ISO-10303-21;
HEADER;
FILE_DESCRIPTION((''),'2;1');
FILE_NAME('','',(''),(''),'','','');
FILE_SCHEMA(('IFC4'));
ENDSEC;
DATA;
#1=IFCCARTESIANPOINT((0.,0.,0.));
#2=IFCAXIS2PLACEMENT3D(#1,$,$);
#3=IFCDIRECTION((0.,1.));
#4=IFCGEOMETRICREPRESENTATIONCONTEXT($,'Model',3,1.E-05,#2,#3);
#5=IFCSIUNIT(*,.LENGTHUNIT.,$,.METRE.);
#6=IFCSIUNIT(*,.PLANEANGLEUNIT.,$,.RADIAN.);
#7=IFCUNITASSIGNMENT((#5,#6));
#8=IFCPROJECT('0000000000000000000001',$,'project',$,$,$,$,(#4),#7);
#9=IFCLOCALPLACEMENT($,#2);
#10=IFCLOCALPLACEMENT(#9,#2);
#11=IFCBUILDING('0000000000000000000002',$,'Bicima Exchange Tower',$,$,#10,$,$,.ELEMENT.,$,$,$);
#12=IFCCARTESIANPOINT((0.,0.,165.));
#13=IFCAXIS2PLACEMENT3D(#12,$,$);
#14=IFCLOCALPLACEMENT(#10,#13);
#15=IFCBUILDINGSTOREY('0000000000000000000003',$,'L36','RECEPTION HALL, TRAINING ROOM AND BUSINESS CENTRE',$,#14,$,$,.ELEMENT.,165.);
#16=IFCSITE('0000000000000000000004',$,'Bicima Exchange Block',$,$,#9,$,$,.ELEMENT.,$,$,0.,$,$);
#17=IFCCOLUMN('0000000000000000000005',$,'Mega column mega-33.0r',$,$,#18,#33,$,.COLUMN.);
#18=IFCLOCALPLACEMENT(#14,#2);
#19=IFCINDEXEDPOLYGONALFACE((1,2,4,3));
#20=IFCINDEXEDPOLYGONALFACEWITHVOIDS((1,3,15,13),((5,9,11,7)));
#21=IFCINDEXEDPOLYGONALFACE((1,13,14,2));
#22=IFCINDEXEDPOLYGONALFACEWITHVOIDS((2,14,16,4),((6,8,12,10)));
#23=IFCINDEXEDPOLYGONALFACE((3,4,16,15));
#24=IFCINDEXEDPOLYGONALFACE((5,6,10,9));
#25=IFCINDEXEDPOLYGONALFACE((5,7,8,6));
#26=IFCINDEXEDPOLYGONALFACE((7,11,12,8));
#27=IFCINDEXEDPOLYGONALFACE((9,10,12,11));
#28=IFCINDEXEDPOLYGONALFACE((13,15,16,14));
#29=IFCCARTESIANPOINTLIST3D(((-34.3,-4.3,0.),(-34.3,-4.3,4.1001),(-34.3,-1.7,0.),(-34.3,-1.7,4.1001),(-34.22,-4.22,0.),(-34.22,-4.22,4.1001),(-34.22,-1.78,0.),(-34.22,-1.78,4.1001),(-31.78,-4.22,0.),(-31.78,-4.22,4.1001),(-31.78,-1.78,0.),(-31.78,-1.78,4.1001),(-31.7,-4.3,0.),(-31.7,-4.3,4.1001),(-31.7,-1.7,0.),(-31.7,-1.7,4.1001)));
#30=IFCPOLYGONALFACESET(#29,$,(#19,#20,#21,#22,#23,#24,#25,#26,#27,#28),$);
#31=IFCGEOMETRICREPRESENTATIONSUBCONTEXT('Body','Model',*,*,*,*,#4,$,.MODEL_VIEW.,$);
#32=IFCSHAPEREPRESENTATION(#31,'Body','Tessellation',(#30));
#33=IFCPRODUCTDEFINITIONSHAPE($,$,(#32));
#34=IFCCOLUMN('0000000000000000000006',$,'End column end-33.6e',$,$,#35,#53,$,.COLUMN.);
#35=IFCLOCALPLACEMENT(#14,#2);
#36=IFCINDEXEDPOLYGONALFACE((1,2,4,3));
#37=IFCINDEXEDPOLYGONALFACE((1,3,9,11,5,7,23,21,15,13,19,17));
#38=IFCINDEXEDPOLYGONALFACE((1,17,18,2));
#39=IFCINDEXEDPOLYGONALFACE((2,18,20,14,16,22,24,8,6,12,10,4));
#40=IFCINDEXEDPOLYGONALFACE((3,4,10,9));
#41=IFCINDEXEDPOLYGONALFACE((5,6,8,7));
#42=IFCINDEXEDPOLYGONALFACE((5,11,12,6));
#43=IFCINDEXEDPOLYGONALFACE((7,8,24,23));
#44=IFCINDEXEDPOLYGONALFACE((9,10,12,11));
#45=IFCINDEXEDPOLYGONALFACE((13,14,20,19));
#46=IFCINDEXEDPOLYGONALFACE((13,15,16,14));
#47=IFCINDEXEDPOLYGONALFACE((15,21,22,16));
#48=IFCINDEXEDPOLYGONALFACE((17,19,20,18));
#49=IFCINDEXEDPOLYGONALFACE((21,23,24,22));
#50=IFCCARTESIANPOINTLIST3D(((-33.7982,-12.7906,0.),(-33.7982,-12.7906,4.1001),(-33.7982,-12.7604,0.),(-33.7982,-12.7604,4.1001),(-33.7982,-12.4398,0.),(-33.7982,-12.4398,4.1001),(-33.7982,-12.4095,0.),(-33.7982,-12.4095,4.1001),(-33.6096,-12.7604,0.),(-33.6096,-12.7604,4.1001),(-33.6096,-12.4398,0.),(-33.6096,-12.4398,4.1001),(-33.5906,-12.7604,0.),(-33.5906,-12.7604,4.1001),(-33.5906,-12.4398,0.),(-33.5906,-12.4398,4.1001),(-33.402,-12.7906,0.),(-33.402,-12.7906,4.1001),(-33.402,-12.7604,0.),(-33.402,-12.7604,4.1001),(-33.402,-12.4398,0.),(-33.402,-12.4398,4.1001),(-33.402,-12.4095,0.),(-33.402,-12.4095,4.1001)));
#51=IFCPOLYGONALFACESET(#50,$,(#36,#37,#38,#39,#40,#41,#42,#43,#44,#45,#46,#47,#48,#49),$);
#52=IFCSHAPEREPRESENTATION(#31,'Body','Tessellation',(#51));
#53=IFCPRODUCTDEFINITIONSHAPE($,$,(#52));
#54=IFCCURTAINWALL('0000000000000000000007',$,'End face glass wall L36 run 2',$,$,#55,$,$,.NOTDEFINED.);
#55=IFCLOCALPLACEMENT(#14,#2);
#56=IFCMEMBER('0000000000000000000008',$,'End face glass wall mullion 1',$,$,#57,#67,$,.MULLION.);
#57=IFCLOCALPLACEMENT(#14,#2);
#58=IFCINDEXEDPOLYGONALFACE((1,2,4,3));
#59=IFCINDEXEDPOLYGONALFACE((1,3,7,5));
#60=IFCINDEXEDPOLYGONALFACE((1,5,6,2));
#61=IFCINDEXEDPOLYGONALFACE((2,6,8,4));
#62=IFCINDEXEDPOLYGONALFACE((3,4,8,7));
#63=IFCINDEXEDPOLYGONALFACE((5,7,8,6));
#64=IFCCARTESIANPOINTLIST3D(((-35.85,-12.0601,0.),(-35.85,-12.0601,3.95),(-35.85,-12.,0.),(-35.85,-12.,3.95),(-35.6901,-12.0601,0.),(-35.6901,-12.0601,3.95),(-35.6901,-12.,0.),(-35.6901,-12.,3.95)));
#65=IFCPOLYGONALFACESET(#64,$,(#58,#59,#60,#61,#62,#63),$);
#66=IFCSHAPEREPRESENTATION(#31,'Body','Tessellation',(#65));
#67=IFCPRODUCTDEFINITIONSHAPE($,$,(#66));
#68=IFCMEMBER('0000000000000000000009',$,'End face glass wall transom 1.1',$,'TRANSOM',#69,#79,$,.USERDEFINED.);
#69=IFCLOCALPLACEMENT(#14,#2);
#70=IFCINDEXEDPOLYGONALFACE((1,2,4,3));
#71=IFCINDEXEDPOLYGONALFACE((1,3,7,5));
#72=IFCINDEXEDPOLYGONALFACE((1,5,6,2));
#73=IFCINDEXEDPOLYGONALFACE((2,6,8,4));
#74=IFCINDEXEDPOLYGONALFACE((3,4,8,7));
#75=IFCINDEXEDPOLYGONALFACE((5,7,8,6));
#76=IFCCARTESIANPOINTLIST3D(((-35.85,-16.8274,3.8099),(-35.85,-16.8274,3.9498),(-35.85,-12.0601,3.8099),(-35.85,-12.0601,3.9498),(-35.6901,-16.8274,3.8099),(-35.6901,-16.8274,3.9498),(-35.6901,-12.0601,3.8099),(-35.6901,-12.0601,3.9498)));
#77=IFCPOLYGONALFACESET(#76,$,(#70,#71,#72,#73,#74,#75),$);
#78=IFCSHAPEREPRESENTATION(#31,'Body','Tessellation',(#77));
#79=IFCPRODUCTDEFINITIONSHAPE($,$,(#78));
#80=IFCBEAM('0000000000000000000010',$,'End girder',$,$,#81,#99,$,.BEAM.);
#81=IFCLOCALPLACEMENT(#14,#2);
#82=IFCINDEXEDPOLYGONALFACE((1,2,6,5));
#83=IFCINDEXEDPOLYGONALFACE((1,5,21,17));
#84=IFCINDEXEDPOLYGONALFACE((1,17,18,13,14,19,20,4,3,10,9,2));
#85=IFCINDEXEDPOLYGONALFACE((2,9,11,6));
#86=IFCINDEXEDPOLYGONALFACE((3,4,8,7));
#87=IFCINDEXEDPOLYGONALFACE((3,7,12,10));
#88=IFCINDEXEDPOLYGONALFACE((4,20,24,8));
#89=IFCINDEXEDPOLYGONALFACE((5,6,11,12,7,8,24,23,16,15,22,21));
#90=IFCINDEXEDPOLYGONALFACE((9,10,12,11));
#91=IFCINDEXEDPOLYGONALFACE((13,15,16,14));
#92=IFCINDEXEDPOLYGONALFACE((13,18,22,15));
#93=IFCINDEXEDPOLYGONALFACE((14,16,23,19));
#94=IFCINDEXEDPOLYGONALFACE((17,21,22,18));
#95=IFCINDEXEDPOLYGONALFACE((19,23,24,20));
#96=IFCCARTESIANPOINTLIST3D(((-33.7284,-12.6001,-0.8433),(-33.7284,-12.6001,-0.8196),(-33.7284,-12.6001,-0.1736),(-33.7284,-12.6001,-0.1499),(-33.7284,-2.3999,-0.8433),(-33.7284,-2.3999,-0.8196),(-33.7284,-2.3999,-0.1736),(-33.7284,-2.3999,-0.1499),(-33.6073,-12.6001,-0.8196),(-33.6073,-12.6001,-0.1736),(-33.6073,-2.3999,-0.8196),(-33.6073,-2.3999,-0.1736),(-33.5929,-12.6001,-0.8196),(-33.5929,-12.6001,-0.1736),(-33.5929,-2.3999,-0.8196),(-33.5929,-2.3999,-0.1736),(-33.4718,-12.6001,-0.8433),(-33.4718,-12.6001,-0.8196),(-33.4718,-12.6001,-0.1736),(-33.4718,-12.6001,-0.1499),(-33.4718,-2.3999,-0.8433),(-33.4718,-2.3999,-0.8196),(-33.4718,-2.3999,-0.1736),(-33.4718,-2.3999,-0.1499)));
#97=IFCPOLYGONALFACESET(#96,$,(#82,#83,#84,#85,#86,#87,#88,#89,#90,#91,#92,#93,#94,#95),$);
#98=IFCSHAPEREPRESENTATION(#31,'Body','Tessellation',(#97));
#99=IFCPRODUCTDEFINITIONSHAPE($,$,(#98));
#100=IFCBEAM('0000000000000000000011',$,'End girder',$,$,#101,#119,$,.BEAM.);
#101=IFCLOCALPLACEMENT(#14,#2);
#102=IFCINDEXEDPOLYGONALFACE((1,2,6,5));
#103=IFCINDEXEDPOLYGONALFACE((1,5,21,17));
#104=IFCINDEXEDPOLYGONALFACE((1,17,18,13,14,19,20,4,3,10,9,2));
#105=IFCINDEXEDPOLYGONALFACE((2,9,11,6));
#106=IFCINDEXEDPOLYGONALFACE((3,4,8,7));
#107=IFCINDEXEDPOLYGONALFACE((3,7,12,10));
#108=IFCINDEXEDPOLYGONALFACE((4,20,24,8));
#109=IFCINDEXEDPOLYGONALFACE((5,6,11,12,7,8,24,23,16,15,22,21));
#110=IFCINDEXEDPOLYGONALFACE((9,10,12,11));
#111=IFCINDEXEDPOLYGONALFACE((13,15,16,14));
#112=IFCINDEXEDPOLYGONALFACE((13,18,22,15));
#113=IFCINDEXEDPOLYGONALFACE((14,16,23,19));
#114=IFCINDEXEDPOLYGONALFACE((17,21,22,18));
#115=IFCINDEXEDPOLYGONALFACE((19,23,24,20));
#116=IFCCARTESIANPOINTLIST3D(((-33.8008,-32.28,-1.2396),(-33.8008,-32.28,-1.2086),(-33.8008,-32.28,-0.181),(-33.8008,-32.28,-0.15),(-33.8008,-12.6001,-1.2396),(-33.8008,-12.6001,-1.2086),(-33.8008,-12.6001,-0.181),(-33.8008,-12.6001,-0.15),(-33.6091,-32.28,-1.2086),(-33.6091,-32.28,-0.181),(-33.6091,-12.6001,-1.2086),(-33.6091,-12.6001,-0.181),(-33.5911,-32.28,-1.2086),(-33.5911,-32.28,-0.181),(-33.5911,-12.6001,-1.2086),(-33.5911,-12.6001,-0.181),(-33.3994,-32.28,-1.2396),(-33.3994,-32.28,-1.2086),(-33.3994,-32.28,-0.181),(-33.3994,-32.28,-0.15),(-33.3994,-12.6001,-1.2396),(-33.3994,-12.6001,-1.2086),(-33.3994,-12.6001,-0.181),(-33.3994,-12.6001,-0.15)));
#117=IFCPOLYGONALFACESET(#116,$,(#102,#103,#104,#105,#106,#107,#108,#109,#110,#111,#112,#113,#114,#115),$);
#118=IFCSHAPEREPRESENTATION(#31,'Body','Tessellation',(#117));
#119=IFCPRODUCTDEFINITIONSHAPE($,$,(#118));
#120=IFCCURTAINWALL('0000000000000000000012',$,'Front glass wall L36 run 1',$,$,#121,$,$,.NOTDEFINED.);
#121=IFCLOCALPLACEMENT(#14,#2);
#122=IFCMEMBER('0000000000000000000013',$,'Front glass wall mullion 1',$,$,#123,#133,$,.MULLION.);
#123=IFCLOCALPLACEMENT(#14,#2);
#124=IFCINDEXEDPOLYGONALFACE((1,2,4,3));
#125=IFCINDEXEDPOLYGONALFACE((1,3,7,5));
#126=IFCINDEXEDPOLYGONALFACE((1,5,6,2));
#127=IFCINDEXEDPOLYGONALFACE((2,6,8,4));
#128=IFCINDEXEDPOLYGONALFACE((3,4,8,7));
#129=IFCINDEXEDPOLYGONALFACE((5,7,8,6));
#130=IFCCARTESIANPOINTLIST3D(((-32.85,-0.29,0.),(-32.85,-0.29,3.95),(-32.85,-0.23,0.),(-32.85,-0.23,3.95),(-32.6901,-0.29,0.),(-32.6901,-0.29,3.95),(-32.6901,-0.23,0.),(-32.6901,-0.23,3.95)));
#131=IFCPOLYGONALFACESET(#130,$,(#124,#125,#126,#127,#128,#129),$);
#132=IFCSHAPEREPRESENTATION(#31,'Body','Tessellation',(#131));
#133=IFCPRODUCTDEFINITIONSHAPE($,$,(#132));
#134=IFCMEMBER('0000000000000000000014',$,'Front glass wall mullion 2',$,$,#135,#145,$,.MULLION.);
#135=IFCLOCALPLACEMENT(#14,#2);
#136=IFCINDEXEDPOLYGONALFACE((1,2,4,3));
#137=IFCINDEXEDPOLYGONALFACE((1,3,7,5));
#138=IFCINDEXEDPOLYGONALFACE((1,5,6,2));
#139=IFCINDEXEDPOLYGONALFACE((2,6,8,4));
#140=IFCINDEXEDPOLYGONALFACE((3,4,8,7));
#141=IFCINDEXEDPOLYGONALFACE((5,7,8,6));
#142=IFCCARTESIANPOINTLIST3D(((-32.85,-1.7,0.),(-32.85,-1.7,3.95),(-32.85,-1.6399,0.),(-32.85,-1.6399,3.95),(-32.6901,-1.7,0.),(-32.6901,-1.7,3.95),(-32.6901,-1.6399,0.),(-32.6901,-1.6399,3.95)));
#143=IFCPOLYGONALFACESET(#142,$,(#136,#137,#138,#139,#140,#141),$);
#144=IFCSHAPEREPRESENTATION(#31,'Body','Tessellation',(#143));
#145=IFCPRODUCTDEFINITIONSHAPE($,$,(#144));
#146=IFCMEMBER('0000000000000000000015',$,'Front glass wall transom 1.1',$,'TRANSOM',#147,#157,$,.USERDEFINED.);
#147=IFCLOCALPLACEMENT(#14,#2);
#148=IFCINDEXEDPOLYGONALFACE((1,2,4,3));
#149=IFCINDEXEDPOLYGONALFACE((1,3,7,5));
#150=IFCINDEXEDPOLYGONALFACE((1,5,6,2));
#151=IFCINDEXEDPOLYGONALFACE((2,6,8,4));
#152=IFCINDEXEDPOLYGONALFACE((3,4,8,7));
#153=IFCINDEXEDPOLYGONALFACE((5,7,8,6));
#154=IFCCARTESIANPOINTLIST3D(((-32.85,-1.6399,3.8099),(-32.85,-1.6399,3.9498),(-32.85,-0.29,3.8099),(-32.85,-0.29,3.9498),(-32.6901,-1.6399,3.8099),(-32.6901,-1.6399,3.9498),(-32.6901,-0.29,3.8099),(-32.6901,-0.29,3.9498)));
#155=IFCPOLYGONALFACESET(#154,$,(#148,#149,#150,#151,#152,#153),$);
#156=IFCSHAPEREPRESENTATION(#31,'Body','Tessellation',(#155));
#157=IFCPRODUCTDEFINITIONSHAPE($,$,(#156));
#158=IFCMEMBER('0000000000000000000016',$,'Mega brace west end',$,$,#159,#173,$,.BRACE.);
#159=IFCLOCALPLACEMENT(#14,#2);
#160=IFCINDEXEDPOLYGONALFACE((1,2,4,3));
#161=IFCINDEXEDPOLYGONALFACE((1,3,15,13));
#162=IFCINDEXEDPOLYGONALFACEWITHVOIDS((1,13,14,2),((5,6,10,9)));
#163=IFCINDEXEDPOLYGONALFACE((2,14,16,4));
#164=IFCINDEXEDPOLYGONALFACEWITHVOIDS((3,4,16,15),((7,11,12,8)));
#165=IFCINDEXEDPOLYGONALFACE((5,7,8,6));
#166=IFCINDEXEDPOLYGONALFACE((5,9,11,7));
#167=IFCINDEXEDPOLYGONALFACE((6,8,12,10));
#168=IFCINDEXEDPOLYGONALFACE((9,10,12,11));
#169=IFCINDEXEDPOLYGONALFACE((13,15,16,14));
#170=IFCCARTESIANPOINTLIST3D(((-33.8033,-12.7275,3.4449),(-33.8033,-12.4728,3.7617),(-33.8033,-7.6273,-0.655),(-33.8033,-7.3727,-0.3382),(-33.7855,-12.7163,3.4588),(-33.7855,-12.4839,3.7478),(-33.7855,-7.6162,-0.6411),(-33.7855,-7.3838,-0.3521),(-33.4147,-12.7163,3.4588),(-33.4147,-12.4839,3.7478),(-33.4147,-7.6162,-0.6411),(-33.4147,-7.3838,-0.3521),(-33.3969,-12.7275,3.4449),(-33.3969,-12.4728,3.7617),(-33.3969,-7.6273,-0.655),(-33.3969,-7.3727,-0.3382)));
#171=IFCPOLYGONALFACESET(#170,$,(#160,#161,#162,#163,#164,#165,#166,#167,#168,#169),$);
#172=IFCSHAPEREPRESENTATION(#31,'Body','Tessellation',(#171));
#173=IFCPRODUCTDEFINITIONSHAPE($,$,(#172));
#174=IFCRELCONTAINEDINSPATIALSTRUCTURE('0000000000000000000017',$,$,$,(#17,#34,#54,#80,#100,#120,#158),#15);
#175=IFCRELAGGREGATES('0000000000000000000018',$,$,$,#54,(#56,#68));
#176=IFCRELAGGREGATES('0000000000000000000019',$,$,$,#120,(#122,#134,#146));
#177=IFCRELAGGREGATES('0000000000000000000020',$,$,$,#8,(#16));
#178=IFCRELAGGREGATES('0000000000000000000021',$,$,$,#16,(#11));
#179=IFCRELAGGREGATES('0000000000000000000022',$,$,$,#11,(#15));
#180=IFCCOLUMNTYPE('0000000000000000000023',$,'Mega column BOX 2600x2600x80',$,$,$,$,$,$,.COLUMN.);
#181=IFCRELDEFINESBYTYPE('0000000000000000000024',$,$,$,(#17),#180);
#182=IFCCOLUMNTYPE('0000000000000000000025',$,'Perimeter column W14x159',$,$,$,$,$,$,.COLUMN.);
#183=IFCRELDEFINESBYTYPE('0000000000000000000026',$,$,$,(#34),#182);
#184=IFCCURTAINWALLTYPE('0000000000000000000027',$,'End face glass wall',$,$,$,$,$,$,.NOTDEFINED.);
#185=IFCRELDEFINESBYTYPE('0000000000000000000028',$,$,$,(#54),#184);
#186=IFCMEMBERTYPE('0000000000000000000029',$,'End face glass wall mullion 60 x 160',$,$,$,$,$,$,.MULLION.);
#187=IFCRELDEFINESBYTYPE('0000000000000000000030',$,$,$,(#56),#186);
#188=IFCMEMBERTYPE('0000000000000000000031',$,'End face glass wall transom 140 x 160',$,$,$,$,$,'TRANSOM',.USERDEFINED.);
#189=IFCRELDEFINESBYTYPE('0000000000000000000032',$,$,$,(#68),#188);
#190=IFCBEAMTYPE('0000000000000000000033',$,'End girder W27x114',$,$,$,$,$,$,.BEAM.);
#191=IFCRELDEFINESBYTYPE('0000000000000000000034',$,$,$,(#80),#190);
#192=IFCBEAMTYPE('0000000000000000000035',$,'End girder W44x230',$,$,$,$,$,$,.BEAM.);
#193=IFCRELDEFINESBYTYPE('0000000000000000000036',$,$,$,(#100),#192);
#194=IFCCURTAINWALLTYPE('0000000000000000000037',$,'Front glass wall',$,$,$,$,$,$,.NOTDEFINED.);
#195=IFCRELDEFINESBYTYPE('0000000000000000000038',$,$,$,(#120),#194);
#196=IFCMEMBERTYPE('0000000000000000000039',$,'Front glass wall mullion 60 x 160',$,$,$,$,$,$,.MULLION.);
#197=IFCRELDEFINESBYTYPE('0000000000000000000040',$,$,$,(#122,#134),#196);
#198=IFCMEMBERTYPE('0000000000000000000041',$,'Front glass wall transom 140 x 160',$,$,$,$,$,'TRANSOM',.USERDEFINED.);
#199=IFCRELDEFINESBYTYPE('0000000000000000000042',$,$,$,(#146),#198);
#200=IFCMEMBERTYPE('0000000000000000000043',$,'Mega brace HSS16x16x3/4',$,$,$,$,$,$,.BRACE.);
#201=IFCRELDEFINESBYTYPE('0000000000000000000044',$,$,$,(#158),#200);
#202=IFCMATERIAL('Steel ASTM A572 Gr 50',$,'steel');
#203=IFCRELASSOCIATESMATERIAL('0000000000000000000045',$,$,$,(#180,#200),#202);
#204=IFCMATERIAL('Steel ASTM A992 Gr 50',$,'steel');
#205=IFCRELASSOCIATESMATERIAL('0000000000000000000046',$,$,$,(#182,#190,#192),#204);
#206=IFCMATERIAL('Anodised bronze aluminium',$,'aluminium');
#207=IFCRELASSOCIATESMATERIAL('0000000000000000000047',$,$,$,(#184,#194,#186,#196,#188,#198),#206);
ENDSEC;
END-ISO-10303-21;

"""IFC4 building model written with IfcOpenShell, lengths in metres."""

from ifc_helpers import new_model, si_unit, direction, frame, origin, origin_2d, place, context, subcontext, project, spatial, rectangle, hollow_rectangle, i_section, extrude, material, material_profile, profile_set, type_object, element, aggregate, save


model = new_model("IFC4")

# Units and contexts
model_context = context("Model", 3, precision=1e-05, world=origin(), true_north=direction((0.0, 1.0)))
body_context = subcontext(model_context, "Body", "Model", "MODEL_VIEW")
ifc_project = project(units=[si_unit("LENGTHUNIT", "METRE"), si_unit("PLANEANGLEUNIT", "RADIAN")], contexts=[model_context])

# Site, building, storey
site_placement = place(None, origin())
site = spatial("IfcSite", under=ifc_project, at=site_placement, Name="Bicima Exchange Block", CompositionType="ELEMENT", RefElevation=0.0)
building_placement = place(site_placement, origin())
building = spatial("IfcBuilding", under=site, at=building_placement, Name="Bicima Exchange Tower", CompositionType="ELEMENT")
storey_placement = place(building_placement, frame((0.0, 0.0, 165.0)))
storey = spatial("IfcBuildingStorey", under=building, at=storey_placement, Name="L36", Description="RECEPTION HALL, TRAINING ROOM AND BUSINESS CENTRE", CompositionType="ELEMENT", Elevation=165.0)

# Columns
ifc_material_1 = material(Name="Steel ASTM A572 Gr 50", Category="steel")
ifc_material_profile_1 = material_profile(ifc_material_1, hollow_rectangle(XDim=2.6001, YDim=2.6001, WallThickness=0.0801, at=origin_2d()))
ifc_profile_set_1 = profile_set([ifc_material_profile_1], Name="Steel ASTM A572 Gr 50")
column_type_1 = type_object("IfcColumnType", Name="Mega column BOX 2600x2600x80", PredefinedType="COLUMN", material=ifc_profile_set_1)
column_1_placement = place(storey_placement, frame((-33.0, -3.0, 0.0), z_axis=(0.0, 0.0, 1.0), x_axis=(1.0, 0.0, 0.0)))
element("IfcColumn", 1, at=column_1_placement, inside=storey, type_object=column_type_1, Name="Mega column mega-33.0r", PredefinedType="COLUMN", context=body_context, shape_type="SweptSolid", body=[
    extrude(hollow_rectangle(XDim=2.6001, YDim=2.6001, WallThickness=0.0801, at=origin_2d()), origin(), (0.0, 0.0, 1.0), 4.1001),
])
ifc_material_2 = material(Name="Steel ASTM A992 Gr 50", Category="steel")
ifc_material_profile_2 = material_profile(ifc_material_2, i_section(OverallWidth=0.3962, OverallDepth=0.3811, WebThickness=0.019, FlangeThickness=0.0303, at=origin_2d()))
ifc_profile_set_2 = profile_set([ifc_material_profile_2], Name="Steel ASTM A992 Gr 50")
column_type_2 = type_object("IfcColumnType", Name="Perimeter column W14x159", PredefinedType="COLUMN", material=ifc_profile_set_2)
column_2_placement = place(storey_placement, frame((-33.6001, -12.6001, 0.0), z_axis=(0.0, 0.0, 1.0), x_axis=(1.0, 0.0, 0.0)))
element("IfcColumn", 2, at=column_2_placement, inside=storey, type_object=column_type_2, Name="End column end-33.6e", PredefinedType="COLUMN", context=body_context, shape_type="SweptSolid", body=[
    extrude(i_section(OverallWidth=0.3962, OverallDepth=0.3811, WebThickness=0.019, FlangeThickness=0.0303, at=origin_2d()), origin(), (0.0, 0.0, 1.0), 4.1001),
])

# Curtain wall, members
ifc_material_3 = material(Name="Anodised bronze aluminium", Category="aluminium")
curtain_wall_type_1 = type_object("IfcCurtainWallType", Name="End face glass wall", PredefinedType="NOTDEFINED", material=ifc_material_3)
curtain_wall_1_placement = place(storey_placement, origin())
curtain_wall_1 = element("IfcCurtainWall", 3, at=curtain_wall_1_placement, inside=storey, type_object=curtain_wall_type_1, Name="End face glass wall L36 run 2", PredefinedType="NOTDEFINED")
ifc_material_profile_3 = material_profile(ifc_material_3, rectangle(XDim=0.1599, YDim=0.0601, at=origin_2d()))
ifc_profile_set_3 = profile_set([ifc_material_profile_3], Name="Anodised bronze aluminium")
member_type_1 = type_object("IfcMemberType", Name="End face glass wall mullion 60 x 160", PredefinedType="MULLION", material=ifc_profile_set_3)
member_1_placement = place(storey_placement, frame((-35.77, -12.03, 0.0), z_axis=(0.0, 0.0, 1.0), x_axis=(1.0, 0.0, 0.0)))
member_1 = element("IfcMember", 4, at=member_1_placement, type_object=member_type_1, Name="End face glass wall mullion 1", PredefinedType="MULLION", context=body_context, shape_type="SweptSolid", body=[
    extrude(rectangle(XDim=0.1599, YDim=0.0601, at=origin_2d()), origin(), (0.0, 0.0, 1.0), 3.95),
])
ifc_material_profile_4 = material_profile(ifc_material_3, rectangle(XDim=0.1599, YDim=0.1399, at=origin_2d()))
ifc_profile_set_4 = profile_set([ifc_material_profile_4], Name="Anodised bronze aluminium")
member_type_2 = type_object("IfcMemberType", Name="End face glass wall transom 140 x 160", ElementType="TRANSOM", PredefinedType="USERDEFINED", material=ifc_profile_set_4)
member_2_placement = place(storey_placement, frame((-35.77, -12.0601, 3.8799), z_axis=(0.0, -1.0, 0.0), x_axis=(1.0, 0.0, 0.0)))
member_2 = element("IfcMember", 5, at=member_2_placement, type_object=member_type_2, Name="End face glass wall transom 1.1", ObjectType="TRANSOM", PredefinedType="USERDEFINED", context=body_context, shape_type="SweptSolid", body=[
    extrude(rectangle(XDim=0.1599, YDim=0.1399, at=origin_2d()), origin(), (0.0, 0.0, 1.0), 4.7673),
])
aggregate(curtain_wall_1, [member_1, member_2])

# Beams
ifc_material_profile_5 = material_profile(ifc_material_2, i_section(OverallWidth=0.2566, OverallDepth=0.6934, WebThickness=0.0144, FlangeThickness=0.0237, at=origin_2d()))
ifc_profile_set_5 = profile_set([ifc_material_profile_5], Name="Steel ASTM A992 Gr 50")
beam_type_1 = type_object("IfcBeamType", Name="End girder W27x114", PredefinedType="BEAM", material=ifc_profile_set_5)
beam_1_placement = place(storey_placement, frame((-33.6001, -2.3999, -0.4966), z_axis=(0.0, -1.0, 0.0), x_axis=(1.0, 0.0, 0.0)))
element("IfcBeam", 6, at=beam_1_placement, inside=storey, type_object=beam_type_1, Name="End girder", PredefinedType="BEAM", context=body_context, shape_type="SweptSolid", body=[
    extrude(i_section(OverallWidth=0.2566, OverallDepth=0.6934, WebThickness=0.0144, FlangeThickness=0.0237, at=origin_2d()), origin(), (0.0, 0.0, 1.0), 10.2002),
])
ifc_material_profile_6 = material_profile(ifc_material_2, i_section(OverallWidth=0.4014, OverallDepth=1.0896, WebThickness=0.0181, FlangeThickness=0.031, at=origin_2d()))
ifc_profile_set_6 = profile_set([ifc_material_profile_6], Name="Steel ASTM A992 Gr 50")
beam_type_2 = type_object("IfcBeamType", Name="End girder W44x230", PredefinedType="BEAM", material=ifc_profile_set_6)
beam_2_placement = place(storey_placement, frame((-33.6001, -12.6001, -0.6948), z_axis=(0.0, -1.0, 0.0), x_axis=(1.0, 0.0, 0.0)))
element("IfcBeam", 7, at=beam_2_placement, inside=storey, type_object=beam_type_2, Name="End girder", PredefinedType="BEAM", context=body_context, shape_type="SweptSolid", body=[
    extrude(i_section(OverallWidth=0.4014, OverallDepth=1.0896, WebThickness=0.0181, FlangeThickness=0.031, at=origin_2d()), origin(), (0.0, 0.0, 1.0), 19.6799),
])

# Curtain wall, members
curtain_wall_type_2 = type_object("IfcCurtainWallType", Name="Front glass wall", PredefinedType="NOTDEFINED", material=ifc_material_3)
curtain_wall_2_placement = place(storey_placement, origin())
curtain_wall_2 = element("IfcCurtainWall", 8, at=curtain_wall_2_placement, inside=storey, type_object=curtain_wall_type_2, Name="Front glass wall L36 run 1", PredefinedType="NOTDEFINED")
member_type_3 = type_object("IfcMemberType", Name="Front glass wall mullion 60 x 160", PredefinedType="MULLION", material=ifc_profile_set_3)
member_3_placement = place(storey_placement, frame((-32.77, -0.26, 0.0), z_axis=(0.0, 0.0, 1.0), x_axis=(1.0, 0.0, 0.0)))
member_3 = element("IfcMember", 9, at=member_3_placement, type_object=member_type_3, Name="Front glass wall mullion 1", PredefinedType="MULLION", context=body_context, shape_type="SweptSolid", body=[
    extrude(rectangle(XDim=0.1599, YDim=0.0601, at=origin_2d()), origin(), (0.0, 0.0, 1.0), 3.95),
])
member_4_placement = place(storey_placement, frame((-32.77, -1.6699, 0.0), z_axis=(0.0, 0.0, 1.0), x_axis=(1.0, 0.0, 0.0)))
member_4 = element("IfcMember", 10, at=member_4_placement, type_object=member_type_3, Name="Front glass wall mullion 2", PredefinedType="MULLION", context=body_context, shape_type="SweptSolid", body=[
    extrude(rectangle(XDim=0.1599, YDim=0.0601, at=origin_2d()), origin(), (0.0, 0.0, 1.0), 3.95),
])
member_type_4 = type_object("IfcMemberType", Name="Front glass wall transom 140 x 160", ElementType="TRANSOM", PredefinedType="USERDEFINED", material=ifc_profile_set_4)
member_5_placement = place(storey_placement, frame((-32.77, -0.29, 3.8799), z_axis=(0.0, -1.0, 0.0), x_axis=(1.0, 0.0, 0.0)))
member_5 = element("IfcMember", 11, at=member_5_placement, type_object=member_type_4, Name="Front glass wall transom 1.1", ObjectType="TRANSOM", PredefinedType="USERDEFINED", context=body_context, shape_type="SweptSolid", body=[
    extrude(rectangle(XDim=0.1599, YDim=0.1399, at=origin_2d()), origin(), (0.0, 0.0, 1.0), 1.3499),
])

# Member
ifc_material_profile_7 = material_profile(ifc_material_1, hollow_rectangle(XDim=0.4065, YDim=0.4065, WallThickness=0.0178, at=origin_2d()))
ifc_profile_set_7 = profile_set([ifc_material_profile_7], Name="Steel ASTM A572 Gr 50")
member_type_5 = type_object("IfcMemberType", Name="Mega brace HSS16x16x3/4", PredefinedType="BRACE", material=ifc_profile_set_7)
for number, where, z_axis, x_axis, name in (
    (12, (-33.6001, -7.5, -0.4966), (0.0, -0.779392, 0.626536), (1.0, 0.0, 0.0), "Mega brace west end"),
):
    element("IfcMember", number, at=place(storey_placement, frame(where, z_axis=z_axis, x_axis=x_axis)), inside=storey, type_object=member_type_5, Name=name, PredefinedType="BRACE", context=body_context, shape_type="SweptSolid", body=[
        extrude(hollow_rectangle(XDim=0.4065, YDim=0.4065, WallThickness=0.0178, at=origin_2d()), origin(), (0.0, 0.0, 1.0), 6.5437),
    ])

aggregate(curtain_wall_2, [member_3, member_4, member_5])

save(model, "model.ifc")
